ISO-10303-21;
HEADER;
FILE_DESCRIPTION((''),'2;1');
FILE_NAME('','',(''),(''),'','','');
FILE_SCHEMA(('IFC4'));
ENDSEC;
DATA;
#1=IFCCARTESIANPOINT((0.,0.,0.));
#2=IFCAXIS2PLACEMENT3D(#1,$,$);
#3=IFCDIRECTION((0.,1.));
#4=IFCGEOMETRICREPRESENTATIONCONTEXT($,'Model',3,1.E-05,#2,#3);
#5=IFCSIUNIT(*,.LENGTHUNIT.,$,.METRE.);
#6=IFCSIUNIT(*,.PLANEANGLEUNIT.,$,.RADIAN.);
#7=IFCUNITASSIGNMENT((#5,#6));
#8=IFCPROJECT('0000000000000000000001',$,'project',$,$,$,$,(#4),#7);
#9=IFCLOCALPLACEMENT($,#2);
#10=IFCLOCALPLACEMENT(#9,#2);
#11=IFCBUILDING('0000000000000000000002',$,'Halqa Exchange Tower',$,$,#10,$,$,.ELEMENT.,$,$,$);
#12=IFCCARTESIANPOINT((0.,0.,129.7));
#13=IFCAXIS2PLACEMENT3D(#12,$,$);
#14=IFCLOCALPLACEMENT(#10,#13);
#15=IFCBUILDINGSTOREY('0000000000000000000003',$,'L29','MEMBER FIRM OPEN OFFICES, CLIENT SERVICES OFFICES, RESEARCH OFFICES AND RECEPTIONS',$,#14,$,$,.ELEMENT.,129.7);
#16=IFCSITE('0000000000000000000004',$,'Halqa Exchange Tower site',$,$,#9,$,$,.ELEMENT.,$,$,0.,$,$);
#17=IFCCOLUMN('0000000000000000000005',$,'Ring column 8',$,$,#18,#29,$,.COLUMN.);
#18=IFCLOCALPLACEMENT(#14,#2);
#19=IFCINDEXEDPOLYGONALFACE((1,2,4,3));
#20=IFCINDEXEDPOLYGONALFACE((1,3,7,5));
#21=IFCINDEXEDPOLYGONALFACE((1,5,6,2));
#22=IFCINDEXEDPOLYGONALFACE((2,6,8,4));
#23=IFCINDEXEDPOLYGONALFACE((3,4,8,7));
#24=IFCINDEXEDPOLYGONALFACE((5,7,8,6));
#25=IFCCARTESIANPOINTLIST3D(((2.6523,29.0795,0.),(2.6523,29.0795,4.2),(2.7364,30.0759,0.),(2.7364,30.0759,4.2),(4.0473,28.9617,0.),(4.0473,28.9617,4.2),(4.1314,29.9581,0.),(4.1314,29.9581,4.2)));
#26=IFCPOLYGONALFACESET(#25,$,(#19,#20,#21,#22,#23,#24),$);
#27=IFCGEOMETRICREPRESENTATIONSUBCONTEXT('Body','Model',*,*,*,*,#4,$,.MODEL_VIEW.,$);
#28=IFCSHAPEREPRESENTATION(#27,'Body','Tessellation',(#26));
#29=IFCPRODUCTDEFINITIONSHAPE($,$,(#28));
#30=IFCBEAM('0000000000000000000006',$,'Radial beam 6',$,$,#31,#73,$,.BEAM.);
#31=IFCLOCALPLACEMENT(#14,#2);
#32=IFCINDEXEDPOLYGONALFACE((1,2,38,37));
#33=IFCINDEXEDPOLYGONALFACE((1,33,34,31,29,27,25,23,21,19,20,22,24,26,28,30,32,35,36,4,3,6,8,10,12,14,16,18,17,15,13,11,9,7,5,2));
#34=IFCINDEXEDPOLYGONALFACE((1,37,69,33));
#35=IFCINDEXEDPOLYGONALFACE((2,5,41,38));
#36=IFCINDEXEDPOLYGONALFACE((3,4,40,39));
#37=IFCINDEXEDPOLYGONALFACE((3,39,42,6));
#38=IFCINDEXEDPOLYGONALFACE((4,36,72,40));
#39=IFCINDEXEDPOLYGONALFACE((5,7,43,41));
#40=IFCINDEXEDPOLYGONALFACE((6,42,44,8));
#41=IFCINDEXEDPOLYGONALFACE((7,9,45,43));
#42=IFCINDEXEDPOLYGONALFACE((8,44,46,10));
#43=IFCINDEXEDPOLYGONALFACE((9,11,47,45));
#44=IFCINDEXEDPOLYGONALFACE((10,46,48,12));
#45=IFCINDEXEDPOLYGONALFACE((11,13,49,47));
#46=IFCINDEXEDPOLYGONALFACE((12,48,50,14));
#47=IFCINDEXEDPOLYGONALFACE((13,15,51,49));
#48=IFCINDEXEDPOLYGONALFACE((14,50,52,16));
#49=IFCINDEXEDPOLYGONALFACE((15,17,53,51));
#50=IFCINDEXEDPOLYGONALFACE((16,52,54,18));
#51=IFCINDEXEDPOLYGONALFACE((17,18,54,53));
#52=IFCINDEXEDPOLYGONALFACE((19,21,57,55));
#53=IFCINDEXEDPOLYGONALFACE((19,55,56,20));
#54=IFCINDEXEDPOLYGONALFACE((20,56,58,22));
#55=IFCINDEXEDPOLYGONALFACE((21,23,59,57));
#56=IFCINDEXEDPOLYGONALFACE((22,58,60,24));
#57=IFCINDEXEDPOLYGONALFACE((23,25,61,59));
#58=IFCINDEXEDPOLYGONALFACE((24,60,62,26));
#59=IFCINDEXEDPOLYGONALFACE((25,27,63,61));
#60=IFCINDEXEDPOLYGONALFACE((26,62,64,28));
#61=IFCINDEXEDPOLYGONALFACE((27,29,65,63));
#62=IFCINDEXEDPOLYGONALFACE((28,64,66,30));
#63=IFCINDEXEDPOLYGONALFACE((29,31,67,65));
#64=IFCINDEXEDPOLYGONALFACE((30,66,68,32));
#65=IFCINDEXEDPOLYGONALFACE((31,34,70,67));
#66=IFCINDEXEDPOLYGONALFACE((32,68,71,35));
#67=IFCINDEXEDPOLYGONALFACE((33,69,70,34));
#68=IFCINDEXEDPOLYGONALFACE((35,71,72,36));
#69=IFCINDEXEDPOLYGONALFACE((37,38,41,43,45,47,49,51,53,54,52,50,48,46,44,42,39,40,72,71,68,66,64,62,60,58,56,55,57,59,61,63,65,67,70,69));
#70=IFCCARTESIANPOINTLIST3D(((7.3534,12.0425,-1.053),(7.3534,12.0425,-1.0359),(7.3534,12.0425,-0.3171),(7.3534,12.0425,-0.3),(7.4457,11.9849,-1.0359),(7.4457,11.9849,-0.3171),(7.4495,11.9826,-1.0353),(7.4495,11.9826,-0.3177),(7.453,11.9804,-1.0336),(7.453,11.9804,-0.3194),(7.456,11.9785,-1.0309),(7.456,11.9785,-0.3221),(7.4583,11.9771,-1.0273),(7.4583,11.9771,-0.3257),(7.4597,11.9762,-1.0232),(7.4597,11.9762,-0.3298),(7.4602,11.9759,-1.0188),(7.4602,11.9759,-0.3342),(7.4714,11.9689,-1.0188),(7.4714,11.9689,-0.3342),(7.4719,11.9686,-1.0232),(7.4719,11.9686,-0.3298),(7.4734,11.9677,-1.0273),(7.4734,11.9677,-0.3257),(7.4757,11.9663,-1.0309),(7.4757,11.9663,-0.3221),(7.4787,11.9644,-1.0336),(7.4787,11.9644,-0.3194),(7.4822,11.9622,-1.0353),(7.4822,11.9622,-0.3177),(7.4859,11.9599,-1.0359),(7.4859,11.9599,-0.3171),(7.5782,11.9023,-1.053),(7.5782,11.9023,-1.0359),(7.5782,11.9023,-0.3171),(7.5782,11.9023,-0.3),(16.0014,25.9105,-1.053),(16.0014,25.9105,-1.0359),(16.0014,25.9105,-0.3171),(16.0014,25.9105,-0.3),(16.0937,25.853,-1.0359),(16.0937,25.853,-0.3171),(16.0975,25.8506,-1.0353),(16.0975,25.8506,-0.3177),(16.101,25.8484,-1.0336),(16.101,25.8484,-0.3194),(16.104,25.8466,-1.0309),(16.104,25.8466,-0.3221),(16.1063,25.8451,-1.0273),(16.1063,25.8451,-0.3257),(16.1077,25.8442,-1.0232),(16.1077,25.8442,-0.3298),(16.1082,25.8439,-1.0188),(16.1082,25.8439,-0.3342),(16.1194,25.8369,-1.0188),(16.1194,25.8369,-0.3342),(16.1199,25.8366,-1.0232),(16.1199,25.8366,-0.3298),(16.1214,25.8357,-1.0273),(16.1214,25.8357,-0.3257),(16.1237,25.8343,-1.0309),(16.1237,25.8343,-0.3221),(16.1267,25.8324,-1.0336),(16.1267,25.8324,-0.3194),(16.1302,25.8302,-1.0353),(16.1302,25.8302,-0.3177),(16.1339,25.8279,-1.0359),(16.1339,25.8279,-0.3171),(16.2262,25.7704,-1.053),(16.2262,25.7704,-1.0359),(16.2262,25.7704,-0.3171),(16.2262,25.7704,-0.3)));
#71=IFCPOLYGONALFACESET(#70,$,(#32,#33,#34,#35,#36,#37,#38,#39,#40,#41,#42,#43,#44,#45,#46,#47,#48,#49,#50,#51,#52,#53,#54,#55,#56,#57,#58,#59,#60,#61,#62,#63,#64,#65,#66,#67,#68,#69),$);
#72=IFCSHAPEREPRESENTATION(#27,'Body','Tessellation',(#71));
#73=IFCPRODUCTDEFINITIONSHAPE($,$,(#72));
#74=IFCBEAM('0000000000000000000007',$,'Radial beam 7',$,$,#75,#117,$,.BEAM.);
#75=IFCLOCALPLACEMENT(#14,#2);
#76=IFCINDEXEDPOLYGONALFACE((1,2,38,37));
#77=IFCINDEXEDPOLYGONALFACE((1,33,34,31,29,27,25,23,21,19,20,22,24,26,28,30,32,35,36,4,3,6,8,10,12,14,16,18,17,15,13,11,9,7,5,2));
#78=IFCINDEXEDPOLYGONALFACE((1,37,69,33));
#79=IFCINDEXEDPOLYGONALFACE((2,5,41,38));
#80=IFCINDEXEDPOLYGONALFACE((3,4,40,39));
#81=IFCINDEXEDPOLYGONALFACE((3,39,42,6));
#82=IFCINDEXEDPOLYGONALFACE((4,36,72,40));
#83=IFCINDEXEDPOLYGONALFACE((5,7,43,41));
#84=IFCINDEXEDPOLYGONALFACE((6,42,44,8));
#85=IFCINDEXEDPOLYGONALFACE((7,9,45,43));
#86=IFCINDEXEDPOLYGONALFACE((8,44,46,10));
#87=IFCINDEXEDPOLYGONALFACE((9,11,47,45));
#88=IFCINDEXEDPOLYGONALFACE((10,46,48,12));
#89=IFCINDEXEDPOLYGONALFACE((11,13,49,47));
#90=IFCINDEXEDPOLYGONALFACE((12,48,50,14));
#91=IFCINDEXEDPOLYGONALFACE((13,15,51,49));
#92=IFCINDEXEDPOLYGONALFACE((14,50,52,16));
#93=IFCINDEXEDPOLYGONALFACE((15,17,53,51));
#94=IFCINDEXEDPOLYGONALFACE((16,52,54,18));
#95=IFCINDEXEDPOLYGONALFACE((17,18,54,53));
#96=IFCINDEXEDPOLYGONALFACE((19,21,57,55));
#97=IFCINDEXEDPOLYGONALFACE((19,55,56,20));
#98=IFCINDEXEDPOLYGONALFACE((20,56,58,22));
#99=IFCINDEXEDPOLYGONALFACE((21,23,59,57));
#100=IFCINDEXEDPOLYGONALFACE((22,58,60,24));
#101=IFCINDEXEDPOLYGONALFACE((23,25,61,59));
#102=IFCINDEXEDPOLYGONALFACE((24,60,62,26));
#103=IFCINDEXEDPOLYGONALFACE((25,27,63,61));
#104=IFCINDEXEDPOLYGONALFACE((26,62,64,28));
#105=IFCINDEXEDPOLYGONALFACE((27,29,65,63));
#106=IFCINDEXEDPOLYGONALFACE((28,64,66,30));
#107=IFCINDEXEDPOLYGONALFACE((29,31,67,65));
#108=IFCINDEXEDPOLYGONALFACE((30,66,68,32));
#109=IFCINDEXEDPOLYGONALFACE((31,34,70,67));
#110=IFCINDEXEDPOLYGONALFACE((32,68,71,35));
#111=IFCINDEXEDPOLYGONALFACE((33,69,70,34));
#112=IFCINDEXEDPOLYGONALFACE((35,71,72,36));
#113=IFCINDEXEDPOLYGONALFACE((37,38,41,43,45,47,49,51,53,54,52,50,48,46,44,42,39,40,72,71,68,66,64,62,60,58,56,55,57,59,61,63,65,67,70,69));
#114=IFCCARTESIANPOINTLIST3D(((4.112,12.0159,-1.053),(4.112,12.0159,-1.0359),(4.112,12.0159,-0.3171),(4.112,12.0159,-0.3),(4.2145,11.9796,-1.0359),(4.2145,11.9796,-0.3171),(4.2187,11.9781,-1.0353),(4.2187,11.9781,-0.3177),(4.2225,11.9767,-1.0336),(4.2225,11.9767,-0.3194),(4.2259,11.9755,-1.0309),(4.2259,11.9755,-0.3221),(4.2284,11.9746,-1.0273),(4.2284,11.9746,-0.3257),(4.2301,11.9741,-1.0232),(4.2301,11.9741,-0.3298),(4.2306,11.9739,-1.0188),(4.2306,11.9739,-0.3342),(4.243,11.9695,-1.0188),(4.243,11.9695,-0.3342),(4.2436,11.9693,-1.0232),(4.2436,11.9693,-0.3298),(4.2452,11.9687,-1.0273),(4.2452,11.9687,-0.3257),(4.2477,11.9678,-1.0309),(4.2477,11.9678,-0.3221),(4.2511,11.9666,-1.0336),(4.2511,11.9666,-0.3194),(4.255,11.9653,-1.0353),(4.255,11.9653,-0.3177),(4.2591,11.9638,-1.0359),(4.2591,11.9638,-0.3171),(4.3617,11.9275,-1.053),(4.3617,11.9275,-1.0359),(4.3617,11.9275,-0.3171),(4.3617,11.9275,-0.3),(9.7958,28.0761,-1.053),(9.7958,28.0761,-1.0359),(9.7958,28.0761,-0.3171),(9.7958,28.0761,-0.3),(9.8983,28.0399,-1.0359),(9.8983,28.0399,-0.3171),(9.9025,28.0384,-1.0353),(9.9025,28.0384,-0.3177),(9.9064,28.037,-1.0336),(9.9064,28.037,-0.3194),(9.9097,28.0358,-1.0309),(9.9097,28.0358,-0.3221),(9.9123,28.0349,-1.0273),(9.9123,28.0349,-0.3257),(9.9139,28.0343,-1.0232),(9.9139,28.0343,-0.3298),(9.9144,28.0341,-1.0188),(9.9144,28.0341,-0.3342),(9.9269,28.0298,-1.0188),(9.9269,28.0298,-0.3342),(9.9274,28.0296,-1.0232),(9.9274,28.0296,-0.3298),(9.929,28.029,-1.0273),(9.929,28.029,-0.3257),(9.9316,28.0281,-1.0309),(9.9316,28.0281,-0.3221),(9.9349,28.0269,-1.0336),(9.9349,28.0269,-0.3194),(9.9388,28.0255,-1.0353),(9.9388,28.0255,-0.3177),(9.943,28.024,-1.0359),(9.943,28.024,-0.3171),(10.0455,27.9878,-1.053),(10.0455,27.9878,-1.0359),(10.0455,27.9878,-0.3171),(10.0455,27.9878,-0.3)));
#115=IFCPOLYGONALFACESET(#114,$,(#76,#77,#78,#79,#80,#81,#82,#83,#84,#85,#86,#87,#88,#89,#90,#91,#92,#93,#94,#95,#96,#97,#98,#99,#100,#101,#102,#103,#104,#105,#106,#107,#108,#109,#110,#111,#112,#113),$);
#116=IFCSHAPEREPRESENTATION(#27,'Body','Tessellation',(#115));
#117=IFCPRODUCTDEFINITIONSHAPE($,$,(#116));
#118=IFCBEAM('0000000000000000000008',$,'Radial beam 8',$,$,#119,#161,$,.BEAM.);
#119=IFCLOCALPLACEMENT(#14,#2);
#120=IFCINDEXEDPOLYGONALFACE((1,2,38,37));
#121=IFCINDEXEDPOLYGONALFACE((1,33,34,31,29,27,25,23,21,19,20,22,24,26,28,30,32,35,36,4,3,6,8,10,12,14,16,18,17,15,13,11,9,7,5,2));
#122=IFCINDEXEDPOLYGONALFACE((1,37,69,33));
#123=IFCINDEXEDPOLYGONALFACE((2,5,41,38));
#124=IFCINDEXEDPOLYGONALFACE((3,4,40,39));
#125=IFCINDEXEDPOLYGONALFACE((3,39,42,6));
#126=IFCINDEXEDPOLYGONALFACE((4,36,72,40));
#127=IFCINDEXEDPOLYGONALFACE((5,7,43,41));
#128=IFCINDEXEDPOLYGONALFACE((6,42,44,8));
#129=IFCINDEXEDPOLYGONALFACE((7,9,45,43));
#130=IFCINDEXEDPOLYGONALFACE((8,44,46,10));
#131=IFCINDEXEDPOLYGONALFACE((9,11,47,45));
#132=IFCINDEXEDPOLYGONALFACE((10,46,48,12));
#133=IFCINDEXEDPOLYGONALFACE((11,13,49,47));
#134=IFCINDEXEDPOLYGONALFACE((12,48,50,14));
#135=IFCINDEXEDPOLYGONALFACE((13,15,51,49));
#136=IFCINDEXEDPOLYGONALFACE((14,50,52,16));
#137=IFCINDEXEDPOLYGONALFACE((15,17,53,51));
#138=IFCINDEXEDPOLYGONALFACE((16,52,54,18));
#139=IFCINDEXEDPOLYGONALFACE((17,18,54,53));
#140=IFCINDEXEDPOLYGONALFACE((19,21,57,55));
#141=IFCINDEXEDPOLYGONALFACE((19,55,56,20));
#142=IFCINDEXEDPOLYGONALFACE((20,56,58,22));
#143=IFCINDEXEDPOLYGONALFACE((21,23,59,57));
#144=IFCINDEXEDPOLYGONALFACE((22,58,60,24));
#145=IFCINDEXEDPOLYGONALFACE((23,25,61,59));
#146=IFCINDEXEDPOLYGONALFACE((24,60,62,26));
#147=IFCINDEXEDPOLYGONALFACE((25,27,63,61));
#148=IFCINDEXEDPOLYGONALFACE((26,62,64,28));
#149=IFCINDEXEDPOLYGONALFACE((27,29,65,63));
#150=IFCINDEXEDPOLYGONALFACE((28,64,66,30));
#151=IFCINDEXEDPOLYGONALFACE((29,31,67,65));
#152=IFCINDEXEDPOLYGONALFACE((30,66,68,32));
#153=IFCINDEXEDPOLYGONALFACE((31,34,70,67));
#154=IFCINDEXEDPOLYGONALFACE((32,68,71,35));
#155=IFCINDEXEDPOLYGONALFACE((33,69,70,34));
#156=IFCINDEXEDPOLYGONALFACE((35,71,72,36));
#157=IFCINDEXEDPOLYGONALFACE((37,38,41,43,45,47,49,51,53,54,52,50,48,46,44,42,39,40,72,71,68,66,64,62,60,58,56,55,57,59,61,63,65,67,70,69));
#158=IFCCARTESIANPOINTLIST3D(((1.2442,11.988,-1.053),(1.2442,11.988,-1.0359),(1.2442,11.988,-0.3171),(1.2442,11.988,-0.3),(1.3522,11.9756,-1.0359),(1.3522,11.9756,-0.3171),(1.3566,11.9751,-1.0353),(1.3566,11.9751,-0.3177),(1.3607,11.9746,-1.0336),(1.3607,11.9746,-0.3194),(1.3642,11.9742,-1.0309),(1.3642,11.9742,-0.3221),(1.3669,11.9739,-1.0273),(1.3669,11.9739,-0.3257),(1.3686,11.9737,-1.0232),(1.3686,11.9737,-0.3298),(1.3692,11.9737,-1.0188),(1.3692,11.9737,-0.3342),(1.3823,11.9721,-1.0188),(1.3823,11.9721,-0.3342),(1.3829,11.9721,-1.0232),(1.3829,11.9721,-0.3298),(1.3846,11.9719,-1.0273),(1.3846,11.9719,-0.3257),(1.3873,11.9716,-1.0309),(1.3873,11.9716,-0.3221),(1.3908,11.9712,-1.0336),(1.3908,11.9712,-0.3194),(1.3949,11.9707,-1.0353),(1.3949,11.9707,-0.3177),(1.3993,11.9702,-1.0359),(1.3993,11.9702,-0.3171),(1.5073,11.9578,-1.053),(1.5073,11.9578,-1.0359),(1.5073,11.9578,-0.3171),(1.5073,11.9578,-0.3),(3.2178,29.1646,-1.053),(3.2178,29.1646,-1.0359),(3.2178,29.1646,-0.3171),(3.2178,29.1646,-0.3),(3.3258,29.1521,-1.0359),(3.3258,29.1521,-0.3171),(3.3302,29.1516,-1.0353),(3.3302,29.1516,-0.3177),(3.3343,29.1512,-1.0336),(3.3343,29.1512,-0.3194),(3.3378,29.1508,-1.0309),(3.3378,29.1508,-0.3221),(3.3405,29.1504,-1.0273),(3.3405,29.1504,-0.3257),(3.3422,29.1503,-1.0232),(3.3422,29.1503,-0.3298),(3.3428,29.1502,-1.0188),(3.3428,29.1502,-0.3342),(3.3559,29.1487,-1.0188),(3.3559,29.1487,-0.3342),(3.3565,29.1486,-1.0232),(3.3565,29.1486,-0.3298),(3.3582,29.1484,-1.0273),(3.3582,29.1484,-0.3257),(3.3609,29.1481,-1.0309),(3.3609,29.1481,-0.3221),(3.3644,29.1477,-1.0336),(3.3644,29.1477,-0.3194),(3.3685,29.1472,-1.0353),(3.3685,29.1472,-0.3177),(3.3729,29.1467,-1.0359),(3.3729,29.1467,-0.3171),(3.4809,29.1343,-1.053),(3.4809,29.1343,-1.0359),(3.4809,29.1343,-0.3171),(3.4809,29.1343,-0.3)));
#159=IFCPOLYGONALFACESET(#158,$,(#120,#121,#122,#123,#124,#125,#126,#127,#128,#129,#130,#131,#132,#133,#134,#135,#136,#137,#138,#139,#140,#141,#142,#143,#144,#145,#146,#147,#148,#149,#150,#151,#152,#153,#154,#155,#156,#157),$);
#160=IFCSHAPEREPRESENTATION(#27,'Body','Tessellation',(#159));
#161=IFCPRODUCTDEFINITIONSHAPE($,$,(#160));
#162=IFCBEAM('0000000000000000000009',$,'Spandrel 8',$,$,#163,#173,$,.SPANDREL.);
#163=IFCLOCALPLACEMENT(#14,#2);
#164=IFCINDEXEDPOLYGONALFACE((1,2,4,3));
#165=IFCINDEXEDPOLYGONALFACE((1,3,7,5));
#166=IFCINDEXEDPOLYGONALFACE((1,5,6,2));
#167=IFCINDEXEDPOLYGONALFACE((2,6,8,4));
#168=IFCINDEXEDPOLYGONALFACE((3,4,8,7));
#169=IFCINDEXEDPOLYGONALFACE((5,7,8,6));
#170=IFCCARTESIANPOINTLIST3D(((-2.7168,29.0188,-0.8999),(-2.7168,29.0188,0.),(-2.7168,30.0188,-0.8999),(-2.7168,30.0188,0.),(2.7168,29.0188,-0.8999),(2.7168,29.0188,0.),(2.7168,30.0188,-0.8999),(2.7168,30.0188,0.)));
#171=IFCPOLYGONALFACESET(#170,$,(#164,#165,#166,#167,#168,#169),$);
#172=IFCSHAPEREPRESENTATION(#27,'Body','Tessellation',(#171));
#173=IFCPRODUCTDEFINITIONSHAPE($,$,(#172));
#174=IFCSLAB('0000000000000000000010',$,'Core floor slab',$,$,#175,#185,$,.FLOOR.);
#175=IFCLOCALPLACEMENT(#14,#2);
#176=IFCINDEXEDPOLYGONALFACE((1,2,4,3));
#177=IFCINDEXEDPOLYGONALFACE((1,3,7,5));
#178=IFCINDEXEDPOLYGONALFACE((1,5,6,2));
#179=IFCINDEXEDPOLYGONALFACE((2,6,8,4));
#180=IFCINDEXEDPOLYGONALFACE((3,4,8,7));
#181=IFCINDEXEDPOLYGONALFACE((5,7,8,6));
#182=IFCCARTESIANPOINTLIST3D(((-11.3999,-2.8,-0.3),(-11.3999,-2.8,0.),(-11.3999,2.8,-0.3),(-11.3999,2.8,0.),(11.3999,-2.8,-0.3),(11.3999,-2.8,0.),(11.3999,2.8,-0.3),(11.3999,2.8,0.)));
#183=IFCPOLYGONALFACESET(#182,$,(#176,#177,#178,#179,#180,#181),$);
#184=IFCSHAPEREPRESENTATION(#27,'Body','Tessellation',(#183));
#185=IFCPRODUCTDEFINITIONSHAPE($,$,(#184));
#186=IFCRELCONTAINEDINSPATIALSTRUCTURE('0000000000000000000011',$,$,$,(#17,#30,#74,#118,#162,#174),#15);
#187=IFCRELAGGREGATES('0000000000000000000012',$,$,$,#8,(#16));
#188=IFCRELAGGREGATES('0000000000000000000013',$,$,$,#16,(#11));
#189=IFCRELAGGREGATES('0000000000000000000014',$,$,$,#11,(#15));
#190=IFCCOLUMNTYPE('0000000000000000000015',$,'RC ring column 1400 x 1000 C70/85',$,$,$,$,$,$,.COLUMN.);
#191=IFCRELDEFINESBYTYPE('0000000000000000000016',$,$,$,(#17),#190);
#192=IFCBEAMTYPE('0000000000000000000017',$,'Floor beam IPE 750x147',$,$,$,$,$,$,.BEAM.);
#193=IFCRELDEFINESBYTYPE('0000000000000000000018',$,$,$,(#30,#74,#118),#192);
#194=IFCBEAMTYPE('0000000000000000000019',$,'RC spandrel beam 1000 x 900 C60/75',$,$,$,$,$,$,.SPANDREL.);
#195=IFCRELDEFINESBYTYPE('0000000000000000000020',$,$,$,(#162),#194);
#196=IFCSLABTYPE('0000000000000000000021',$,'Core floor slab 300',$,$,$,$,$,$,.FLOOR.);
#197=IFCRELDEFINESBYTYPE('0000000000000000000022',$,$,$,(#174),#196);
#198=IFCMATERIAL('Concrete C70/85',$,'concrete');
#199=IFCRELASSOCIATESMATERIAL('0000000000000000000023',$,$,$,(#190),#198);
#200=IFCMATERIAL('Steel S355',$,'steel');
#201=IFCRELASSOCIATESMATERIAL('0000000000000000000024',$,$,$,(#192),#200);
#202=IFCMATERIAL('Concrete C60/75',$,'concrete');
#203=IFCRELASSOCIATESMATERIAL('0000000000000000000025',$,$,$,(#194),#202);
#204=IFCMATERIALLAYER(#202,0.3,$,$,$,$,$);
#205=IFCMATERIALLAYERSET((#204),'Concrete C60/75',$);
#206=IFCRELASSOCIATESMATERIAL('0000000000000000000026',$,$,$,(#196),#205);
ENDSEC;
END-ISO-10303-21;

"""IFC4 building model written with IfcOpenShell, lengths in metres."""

from ifc_helpers import new_model, si_unit, direction, frame, origin, origin_2d, place, context, subcontext, project, spatial, polyline, rectangle, i_section, outline, extrude, material, layer, layer_set, material_profile, profile_set, type_object, element, save


model = new_model("IFC4")

# Units and contexts
model_context = context("Model", 3, precision=1e-05, world=origin(), true_north=direction((0.0, 1.0)))
body_context = subcontext(model_context, "Body", "Model", "MODEL_VIEW")
ifc_project = project(units=[si_unit("LENGTHUNIT", "METRE"), si_unit("PLANEANGLEUNIT", "RADIAN")], contexts=[model_context])

# Site, building, storey
site_placement = place(None, origin())
site = spatial("IfcSite", under=ifc_project, at=site_placement, Name="Halqa Exchange Tower site", CompositionType="ELEMENT", RefElevation=0.0)
building_placement = place(site_placement, origin())
building = spatial("IfcBuilding", under=site, at=building_placement, Name="Halqa Exchange Tower", CompositionType="ELEMENT")
storey_placement = place(building_placement, frame((0.0, 0.0, 129.7)))
storey = spatial("IfcBuildingStorey", under=building, at=storey_placement, Name="L29", Description="MEMBER FIRM OPEN OFFICES, CLIENT SERVICES OFFICES, RESEARCH OFFICES AND RECEPTIONS", CompositionType="ELEMENT", Elevation=129.7)

# Column
ifc_material_1 = material(Name="Concrete C70/85", Category="concrete")
ifc_material_profile_1 = material_profile(ifc_material_1, rectangle(XDim=1.3999, YDim=1.0, at=origin_2d()), Name="1400 x 1000")
ifc_profile_set_1 = profile_set([ifc_material_profile_1], Name="Concrete C70/85")
column_type = type_object("IfcColumnType", Name="RC ring column 1400 x 1000 C70/85", PredefinedType="COLUMN", material=ifc_profile_set_1)
column_placement = place(storey_placement, frame((3.3918, 29.5188, 0.0), z_axis=(0.0, 0.0, 1.0), x_axis=(-0.996455, 0.084123, 0.0)))
element("IfcColumn", 1, at=column_placement, inside=storey, type_object=column_type, Name="Ring column 8", PredefinedType="COLUMN", context=body_context, shape_type="SweptSolid", body=[
    extrude(rectangle(XDim=1.3999, YDim=1.0, at=origin_2d()), origin(), (0.0, 0.0, 1.0), 4.2),
])

# Beams
ifc_material_2 = material(Name="Steel S355", Category="steel")
ifc_material_profile_2 = material_profile(ifc_material_2, i_section(OverallWidth=0.2649, OverallDepth=0.7529, WebThickness=0.0132, FlangeThickness=0.0171, FilletRadius=0.0171, at=origin_2d()), Name="IPE 750x147")
ifc_profile_set_2 = profile_set([ifc_material_profile_2], Name="Steel S355")
beam_type_1 = type_object("IfcBeamType", Name="Floor beam IPE 750x147", PredefinedType="BEAM", material=ifc_profile_set_2)
beam_1_placement = place(storey_placement, frame((7.4658, 11.9724, -0.6765), z_axis=(0.529141, 0.848534, 0.0), x_axis=(-0.848534, 0.529141, 0.0)))
element("IfcBeam", 2, at=beam_1_placement, inside=storey, type_object=beam_type_1, Name="Radial beam 6", PredefinedType="BEAM", context=body_context, shape_type="SweptSolid", body=[
    extrude(i_section(OverallWidth=0.2649, OverallDepth=0.7529, WebThickness=0.0132, FlangeThickness=0.0171, FilletRadius=0.0171, at=origin_2d()), origin(), (0.0, 0.0, 1.0), 16.3435),
])
beam_2_placement = place(storey_placement, frame((4.2368, 11.9717, -0.6765), z_axis=(0.333629, 0.942705, 0.0), x_axis=(-0.942705, 0.333629, 0.0)))
element("IfcBeam", 3, at=beam_2_placement, inside=storey, type_object=beam_type_1, Name="Radial beam 7", PredefinedType="BEAM", context=body_context, shape_type="SweptSolid", body=[
    extrude(i_section(OverallWidth=0.2649, OverallDepth=0.7529, WebThickness=0.0132, FlangeThickness=0.0171, FilletRadius=0.0171, at=origin_2d()), origin(), (0.0, 0.0, 1.0), 17.0364),
])
beam_3_placement = place(storey_placement, frame((1.3757, 11.9729, -0.6765), z_axis=(0.114152, 0.993463, 0.0), x_axis=(-0.993463, 0.114152, 0.0)))
element("IfcBeam", 4, at=beam_3_placement, inside=storey, type_object=beam_type_1, Name="Radial beam 8", PredefinedType="BEAM", context=body_context, shape_type="SweptSolid", body=[
    extrude(i_section(OverallWidth=0.2649, OverallDepth=0.7529, WebThickness=0.0132, FlangeThickness=0.0171, FilletRadius=0.0171, at=origin_2d()), origin(), (0.0, 0.0, 1.0), 17.2896),
])
ifc_material_3 = material(Name="Concrete C60/75", Category="concrete")
ifc_material_profile_3 = material_profile(ifc_material_3, rectangle(XDim=1.0, YDim=0.8999, at=origin_2d()), Name="1000 x 900")
ifc_profile_set_3 = profile_set([ifc_material_profile_3], Name="Concrete C60/75")
beam_type_2 = type_object("IfcBeamType", Name="RC spandrel beam 1000 x 900 C60/75", PredefinedType="SPANDREL", material=ifc_profile_set_3)
beam_4_placement = place(storey_placement, frame((2.7168, 29.5188, -0.45), z_axis=(-1.0, 0.0, 0.0), x_axis=(0.0, -1.0, 0.0)))
element("IfcBeam", 5, at=beam_4_placement, inside=storey, type_object=beam_type_2, Name="Spandrel 8", PredefinedType="SPANDREL", context=body_context, shape_type="SweptSolid", body=[
    extrude(rectangle(XDim=1.0, YDim=0.8999, at=origin_2d()), origin(), (0.0, 0.0, 1.0), 5.4336),
])

# Slab
ifc_layer_1 = layer(ifc_material_3, 0.3)
ifc_layer_set_1 = layer_set([ifc_layer_1], Name="Concrete C60/75")
slab_type_1 = type_object("IfcSlabType", Name="Core floor slab 300", PredefinedType="FLOOR", material=ifc_layer_set_1)
slab_1_placement = place(storey_placement, frame((0.0, 0.0, -0.3)))
element("IfcSlab", 6, at=slab_1_placement, inside=storey, type_object=slab_type_1, Name="Core floor slab", PredefinedType="FLOOR", context=body_context, shape_type="SweptSolid", body=[
    extrude(outline(polyline([(-11.3999, 2.8), (11.3999, 2.8), (11.3999, -2.8), (-11.3999, -2.8), (-11.3999, 2.8)])), origin(), (0.0, 0.0, 1.0), 0.3),
])

save(model, "model.ifc")
